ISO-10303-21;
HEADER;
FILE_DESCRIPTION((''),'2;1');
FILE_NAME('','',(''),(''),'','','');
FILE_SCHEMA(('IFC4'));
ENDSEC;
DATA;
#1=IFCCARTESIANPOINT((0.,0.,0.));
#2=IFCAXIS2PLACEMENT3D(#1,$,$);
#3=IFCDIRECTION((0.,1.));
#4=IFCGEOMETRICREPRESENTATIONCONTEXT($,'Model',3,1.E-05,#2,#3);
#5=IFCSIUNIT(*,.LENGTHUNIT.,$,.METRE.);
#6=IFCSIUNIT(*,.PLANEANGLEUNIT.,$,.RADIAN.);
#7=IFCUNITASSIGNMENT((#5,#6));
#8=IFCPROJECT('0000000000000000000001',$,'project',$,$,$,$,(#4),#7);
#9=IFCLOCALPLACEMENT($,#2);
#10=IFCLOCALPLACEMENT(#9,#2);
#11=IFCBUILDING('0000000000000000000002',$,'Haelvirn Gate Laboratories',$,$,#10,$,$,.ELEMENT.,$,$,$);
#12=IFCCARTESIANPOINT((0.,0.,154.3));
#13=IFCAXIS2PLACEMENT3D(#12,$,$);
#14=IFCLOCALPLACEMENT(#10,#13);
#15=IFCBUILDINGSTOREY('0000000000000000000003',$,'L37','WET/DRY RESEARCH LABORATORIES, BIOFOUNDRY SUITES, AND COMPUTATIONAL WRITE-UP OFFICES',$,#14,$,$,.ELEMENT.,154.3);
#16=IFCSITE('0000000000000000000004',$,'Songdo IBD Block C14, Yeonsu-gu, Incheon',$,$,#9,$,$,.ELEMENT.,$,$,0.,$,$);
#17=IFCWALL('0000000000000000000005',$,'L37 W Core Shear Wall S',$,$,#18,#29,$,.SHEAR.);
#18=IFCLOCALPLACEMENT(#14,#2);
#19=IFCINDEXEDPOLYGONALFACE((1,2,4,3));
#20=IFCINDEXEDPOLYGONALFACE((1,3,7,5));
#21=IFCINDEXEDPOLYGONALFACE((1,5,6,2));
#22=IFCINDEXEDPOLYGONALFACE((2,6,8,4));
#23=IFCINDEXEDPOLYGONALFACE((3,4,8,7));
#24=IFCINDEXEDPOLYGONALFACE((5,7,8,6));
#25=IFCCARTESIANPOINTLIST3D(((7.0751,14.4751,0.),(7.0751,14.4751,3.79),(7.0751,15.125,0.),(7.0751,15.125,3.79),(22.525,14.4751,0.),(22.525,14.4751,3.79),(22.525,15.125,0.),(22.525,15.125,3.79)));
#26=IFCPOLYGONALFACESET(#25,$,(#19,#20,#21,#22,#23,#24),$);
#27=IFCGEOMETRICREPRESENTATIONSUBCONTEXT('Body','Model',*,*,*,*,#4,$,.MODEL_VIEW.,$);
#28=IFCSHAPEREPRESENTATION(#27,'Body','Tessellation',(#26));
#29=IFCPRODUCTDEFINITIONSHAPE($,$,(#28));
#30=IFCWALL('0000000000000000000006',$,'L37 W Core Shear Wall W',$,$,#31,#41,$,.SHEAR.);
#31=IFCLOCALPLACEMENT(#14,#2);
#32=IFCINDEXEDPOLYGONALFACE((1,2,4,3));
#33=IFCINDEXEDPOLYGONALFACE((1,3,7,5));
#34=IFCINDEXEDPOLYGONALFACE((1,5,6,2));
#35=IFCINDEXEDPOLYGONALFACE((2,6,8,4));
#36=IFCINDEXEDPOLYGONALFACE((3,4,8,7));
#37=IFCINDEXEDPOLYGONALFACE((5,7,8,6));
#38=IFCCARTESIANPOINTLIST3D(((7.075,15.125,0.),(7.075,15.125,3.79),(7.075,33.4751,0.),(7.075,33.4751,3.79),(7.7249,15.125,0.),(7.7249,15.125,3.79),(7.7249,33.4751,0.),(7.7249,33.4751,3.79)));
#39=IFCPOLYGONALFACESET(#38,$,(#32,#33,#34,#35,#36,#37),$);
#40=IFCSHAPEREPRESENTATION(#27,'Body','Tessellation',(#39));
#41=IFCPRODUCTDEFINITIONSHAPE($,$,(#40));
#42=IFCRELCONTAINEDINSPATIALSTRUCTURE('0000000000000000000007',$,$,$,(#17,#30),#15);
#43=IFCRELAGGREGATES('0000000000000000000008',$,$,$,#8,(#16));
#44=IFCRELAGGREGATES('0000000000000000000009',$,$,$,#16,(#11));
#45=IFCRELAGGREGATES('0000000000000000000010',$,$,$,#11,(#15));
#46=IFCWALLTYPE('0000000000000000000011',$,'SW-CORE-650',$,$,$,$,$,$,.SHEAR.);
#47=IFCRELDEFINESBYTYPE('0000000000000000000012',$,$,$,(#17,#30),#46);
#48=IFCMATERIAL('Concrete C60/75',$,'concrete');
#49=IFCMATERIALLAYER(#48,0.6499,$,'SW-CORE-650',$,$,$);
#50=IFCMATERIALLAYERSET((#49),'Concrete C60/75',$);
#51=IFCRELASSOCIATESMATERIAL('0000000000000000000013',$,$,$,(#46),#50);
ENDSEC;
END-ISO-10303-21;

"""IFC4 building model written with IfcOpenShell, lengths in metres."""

from ifc_helpers import new_model, si_unit, direction, frame, frame_2d, origin, place, context, subcontext, project, spatial, rectangle, extrude, material, layer, layer_set, type_object, element, save


model = new_model("IFC4")

# Units and contexts
model_context = context("Model", 3, precision=1e-05, world=origin(), true_north=direction((0.0, 1.0)))
body_context = subcontext(model_context, "Body", "Model", "MODEL_VIEW")
ifc_project = project(units=[si_unit("LENGTHUNIT", "METRE"), si_unit("PLANEANGLEUNIT", "RADIAN")], contexts=[model_context])

# Site, building, storey
site_placement = place(None, origin())
site = spatial("IfcSite", under=ifc_project, at=site_placement, Name="Songdo IBD Block C14, Yeonsu-gu, Incheon", CompositionType="ELEMENT", RefElevation=0.0)
building_placement = place(site_placement, origin())
building = spatial("IfcBuilding", under=site, at=building_placement, Name="Haelvirn Gate Laboratories", CompositionType="ELEMENT")
storey_placement = place(building_placement, frame((0.0, 0.0, 154.3)))
storey = spatial("IfcBuildingStorey", under=building, at=storey_placement, Name="L37", Description="WET/DRY RESEARCH LABORATORIES, BIOFOUNDRY SUITES, AND COMPUTATIONAL WRITE-UP OFFICES", CompositionType="ELEMENT", Elevation=154.3)

# Shared definitions
ifc_material_1 = material(Name="Concrete C60/75", Category="concrete")

# Walls
ifc_layer_1 = layer(ifc_material_1, 0.6499, Name="SW-CORE-650")
ifc_layer_set_1 = layer_set([ifc_layer_1], Name="Concrete C60/75")
wall_type_1 = type_object("IfcWallType", Name="SW-CORE-650", PredefinedType="SHEAR", material=ifc_layer_set_1)
wall_1_placement = place(storey_placement, frame((7.075, 14.8, 0.0), z_axis=(0.0, 0.0, 1.0), x_axis=(1.0, 0.0, 0.0)))
element("IfcWall", 1, at=wall_1_placement, inside=storey, type_object=wall_type_1, Name="L37 W Core Shear Wall S", PredefinedType="SHEAR", context=body_context, shape_type="SweptSolid", body=[
    extrude(rectangle(XDim=15.45, YDim=0.6499, at=frame_2d((7.7251, 0.0))), origin(), (0.0, 0.0, 1.0), 3.79),
])
wall_2_placement = place(storey_placement, frame((7.3999, 15.125, 0.0), z_axis=(0.0, 0.0, 1.0), x_axis=(0.0, 1.0, 0.0)))
element("IfcWall", 2, at=wall_2_placement, inside=storey, type_object=wall_type_1, Name="L37 W Core Shear Wall W", PredefinedType="SHEAR", context=body_context, shape_type="SweptSolid", body=[
    extrude(rectangle(XDim=18.3501, YDim=0.6499, at=frame_2d((9.175, 0.0))), origin(), (0.0, 0.0, 1.0), 3.79),
])

save(model, "model.ifc")
